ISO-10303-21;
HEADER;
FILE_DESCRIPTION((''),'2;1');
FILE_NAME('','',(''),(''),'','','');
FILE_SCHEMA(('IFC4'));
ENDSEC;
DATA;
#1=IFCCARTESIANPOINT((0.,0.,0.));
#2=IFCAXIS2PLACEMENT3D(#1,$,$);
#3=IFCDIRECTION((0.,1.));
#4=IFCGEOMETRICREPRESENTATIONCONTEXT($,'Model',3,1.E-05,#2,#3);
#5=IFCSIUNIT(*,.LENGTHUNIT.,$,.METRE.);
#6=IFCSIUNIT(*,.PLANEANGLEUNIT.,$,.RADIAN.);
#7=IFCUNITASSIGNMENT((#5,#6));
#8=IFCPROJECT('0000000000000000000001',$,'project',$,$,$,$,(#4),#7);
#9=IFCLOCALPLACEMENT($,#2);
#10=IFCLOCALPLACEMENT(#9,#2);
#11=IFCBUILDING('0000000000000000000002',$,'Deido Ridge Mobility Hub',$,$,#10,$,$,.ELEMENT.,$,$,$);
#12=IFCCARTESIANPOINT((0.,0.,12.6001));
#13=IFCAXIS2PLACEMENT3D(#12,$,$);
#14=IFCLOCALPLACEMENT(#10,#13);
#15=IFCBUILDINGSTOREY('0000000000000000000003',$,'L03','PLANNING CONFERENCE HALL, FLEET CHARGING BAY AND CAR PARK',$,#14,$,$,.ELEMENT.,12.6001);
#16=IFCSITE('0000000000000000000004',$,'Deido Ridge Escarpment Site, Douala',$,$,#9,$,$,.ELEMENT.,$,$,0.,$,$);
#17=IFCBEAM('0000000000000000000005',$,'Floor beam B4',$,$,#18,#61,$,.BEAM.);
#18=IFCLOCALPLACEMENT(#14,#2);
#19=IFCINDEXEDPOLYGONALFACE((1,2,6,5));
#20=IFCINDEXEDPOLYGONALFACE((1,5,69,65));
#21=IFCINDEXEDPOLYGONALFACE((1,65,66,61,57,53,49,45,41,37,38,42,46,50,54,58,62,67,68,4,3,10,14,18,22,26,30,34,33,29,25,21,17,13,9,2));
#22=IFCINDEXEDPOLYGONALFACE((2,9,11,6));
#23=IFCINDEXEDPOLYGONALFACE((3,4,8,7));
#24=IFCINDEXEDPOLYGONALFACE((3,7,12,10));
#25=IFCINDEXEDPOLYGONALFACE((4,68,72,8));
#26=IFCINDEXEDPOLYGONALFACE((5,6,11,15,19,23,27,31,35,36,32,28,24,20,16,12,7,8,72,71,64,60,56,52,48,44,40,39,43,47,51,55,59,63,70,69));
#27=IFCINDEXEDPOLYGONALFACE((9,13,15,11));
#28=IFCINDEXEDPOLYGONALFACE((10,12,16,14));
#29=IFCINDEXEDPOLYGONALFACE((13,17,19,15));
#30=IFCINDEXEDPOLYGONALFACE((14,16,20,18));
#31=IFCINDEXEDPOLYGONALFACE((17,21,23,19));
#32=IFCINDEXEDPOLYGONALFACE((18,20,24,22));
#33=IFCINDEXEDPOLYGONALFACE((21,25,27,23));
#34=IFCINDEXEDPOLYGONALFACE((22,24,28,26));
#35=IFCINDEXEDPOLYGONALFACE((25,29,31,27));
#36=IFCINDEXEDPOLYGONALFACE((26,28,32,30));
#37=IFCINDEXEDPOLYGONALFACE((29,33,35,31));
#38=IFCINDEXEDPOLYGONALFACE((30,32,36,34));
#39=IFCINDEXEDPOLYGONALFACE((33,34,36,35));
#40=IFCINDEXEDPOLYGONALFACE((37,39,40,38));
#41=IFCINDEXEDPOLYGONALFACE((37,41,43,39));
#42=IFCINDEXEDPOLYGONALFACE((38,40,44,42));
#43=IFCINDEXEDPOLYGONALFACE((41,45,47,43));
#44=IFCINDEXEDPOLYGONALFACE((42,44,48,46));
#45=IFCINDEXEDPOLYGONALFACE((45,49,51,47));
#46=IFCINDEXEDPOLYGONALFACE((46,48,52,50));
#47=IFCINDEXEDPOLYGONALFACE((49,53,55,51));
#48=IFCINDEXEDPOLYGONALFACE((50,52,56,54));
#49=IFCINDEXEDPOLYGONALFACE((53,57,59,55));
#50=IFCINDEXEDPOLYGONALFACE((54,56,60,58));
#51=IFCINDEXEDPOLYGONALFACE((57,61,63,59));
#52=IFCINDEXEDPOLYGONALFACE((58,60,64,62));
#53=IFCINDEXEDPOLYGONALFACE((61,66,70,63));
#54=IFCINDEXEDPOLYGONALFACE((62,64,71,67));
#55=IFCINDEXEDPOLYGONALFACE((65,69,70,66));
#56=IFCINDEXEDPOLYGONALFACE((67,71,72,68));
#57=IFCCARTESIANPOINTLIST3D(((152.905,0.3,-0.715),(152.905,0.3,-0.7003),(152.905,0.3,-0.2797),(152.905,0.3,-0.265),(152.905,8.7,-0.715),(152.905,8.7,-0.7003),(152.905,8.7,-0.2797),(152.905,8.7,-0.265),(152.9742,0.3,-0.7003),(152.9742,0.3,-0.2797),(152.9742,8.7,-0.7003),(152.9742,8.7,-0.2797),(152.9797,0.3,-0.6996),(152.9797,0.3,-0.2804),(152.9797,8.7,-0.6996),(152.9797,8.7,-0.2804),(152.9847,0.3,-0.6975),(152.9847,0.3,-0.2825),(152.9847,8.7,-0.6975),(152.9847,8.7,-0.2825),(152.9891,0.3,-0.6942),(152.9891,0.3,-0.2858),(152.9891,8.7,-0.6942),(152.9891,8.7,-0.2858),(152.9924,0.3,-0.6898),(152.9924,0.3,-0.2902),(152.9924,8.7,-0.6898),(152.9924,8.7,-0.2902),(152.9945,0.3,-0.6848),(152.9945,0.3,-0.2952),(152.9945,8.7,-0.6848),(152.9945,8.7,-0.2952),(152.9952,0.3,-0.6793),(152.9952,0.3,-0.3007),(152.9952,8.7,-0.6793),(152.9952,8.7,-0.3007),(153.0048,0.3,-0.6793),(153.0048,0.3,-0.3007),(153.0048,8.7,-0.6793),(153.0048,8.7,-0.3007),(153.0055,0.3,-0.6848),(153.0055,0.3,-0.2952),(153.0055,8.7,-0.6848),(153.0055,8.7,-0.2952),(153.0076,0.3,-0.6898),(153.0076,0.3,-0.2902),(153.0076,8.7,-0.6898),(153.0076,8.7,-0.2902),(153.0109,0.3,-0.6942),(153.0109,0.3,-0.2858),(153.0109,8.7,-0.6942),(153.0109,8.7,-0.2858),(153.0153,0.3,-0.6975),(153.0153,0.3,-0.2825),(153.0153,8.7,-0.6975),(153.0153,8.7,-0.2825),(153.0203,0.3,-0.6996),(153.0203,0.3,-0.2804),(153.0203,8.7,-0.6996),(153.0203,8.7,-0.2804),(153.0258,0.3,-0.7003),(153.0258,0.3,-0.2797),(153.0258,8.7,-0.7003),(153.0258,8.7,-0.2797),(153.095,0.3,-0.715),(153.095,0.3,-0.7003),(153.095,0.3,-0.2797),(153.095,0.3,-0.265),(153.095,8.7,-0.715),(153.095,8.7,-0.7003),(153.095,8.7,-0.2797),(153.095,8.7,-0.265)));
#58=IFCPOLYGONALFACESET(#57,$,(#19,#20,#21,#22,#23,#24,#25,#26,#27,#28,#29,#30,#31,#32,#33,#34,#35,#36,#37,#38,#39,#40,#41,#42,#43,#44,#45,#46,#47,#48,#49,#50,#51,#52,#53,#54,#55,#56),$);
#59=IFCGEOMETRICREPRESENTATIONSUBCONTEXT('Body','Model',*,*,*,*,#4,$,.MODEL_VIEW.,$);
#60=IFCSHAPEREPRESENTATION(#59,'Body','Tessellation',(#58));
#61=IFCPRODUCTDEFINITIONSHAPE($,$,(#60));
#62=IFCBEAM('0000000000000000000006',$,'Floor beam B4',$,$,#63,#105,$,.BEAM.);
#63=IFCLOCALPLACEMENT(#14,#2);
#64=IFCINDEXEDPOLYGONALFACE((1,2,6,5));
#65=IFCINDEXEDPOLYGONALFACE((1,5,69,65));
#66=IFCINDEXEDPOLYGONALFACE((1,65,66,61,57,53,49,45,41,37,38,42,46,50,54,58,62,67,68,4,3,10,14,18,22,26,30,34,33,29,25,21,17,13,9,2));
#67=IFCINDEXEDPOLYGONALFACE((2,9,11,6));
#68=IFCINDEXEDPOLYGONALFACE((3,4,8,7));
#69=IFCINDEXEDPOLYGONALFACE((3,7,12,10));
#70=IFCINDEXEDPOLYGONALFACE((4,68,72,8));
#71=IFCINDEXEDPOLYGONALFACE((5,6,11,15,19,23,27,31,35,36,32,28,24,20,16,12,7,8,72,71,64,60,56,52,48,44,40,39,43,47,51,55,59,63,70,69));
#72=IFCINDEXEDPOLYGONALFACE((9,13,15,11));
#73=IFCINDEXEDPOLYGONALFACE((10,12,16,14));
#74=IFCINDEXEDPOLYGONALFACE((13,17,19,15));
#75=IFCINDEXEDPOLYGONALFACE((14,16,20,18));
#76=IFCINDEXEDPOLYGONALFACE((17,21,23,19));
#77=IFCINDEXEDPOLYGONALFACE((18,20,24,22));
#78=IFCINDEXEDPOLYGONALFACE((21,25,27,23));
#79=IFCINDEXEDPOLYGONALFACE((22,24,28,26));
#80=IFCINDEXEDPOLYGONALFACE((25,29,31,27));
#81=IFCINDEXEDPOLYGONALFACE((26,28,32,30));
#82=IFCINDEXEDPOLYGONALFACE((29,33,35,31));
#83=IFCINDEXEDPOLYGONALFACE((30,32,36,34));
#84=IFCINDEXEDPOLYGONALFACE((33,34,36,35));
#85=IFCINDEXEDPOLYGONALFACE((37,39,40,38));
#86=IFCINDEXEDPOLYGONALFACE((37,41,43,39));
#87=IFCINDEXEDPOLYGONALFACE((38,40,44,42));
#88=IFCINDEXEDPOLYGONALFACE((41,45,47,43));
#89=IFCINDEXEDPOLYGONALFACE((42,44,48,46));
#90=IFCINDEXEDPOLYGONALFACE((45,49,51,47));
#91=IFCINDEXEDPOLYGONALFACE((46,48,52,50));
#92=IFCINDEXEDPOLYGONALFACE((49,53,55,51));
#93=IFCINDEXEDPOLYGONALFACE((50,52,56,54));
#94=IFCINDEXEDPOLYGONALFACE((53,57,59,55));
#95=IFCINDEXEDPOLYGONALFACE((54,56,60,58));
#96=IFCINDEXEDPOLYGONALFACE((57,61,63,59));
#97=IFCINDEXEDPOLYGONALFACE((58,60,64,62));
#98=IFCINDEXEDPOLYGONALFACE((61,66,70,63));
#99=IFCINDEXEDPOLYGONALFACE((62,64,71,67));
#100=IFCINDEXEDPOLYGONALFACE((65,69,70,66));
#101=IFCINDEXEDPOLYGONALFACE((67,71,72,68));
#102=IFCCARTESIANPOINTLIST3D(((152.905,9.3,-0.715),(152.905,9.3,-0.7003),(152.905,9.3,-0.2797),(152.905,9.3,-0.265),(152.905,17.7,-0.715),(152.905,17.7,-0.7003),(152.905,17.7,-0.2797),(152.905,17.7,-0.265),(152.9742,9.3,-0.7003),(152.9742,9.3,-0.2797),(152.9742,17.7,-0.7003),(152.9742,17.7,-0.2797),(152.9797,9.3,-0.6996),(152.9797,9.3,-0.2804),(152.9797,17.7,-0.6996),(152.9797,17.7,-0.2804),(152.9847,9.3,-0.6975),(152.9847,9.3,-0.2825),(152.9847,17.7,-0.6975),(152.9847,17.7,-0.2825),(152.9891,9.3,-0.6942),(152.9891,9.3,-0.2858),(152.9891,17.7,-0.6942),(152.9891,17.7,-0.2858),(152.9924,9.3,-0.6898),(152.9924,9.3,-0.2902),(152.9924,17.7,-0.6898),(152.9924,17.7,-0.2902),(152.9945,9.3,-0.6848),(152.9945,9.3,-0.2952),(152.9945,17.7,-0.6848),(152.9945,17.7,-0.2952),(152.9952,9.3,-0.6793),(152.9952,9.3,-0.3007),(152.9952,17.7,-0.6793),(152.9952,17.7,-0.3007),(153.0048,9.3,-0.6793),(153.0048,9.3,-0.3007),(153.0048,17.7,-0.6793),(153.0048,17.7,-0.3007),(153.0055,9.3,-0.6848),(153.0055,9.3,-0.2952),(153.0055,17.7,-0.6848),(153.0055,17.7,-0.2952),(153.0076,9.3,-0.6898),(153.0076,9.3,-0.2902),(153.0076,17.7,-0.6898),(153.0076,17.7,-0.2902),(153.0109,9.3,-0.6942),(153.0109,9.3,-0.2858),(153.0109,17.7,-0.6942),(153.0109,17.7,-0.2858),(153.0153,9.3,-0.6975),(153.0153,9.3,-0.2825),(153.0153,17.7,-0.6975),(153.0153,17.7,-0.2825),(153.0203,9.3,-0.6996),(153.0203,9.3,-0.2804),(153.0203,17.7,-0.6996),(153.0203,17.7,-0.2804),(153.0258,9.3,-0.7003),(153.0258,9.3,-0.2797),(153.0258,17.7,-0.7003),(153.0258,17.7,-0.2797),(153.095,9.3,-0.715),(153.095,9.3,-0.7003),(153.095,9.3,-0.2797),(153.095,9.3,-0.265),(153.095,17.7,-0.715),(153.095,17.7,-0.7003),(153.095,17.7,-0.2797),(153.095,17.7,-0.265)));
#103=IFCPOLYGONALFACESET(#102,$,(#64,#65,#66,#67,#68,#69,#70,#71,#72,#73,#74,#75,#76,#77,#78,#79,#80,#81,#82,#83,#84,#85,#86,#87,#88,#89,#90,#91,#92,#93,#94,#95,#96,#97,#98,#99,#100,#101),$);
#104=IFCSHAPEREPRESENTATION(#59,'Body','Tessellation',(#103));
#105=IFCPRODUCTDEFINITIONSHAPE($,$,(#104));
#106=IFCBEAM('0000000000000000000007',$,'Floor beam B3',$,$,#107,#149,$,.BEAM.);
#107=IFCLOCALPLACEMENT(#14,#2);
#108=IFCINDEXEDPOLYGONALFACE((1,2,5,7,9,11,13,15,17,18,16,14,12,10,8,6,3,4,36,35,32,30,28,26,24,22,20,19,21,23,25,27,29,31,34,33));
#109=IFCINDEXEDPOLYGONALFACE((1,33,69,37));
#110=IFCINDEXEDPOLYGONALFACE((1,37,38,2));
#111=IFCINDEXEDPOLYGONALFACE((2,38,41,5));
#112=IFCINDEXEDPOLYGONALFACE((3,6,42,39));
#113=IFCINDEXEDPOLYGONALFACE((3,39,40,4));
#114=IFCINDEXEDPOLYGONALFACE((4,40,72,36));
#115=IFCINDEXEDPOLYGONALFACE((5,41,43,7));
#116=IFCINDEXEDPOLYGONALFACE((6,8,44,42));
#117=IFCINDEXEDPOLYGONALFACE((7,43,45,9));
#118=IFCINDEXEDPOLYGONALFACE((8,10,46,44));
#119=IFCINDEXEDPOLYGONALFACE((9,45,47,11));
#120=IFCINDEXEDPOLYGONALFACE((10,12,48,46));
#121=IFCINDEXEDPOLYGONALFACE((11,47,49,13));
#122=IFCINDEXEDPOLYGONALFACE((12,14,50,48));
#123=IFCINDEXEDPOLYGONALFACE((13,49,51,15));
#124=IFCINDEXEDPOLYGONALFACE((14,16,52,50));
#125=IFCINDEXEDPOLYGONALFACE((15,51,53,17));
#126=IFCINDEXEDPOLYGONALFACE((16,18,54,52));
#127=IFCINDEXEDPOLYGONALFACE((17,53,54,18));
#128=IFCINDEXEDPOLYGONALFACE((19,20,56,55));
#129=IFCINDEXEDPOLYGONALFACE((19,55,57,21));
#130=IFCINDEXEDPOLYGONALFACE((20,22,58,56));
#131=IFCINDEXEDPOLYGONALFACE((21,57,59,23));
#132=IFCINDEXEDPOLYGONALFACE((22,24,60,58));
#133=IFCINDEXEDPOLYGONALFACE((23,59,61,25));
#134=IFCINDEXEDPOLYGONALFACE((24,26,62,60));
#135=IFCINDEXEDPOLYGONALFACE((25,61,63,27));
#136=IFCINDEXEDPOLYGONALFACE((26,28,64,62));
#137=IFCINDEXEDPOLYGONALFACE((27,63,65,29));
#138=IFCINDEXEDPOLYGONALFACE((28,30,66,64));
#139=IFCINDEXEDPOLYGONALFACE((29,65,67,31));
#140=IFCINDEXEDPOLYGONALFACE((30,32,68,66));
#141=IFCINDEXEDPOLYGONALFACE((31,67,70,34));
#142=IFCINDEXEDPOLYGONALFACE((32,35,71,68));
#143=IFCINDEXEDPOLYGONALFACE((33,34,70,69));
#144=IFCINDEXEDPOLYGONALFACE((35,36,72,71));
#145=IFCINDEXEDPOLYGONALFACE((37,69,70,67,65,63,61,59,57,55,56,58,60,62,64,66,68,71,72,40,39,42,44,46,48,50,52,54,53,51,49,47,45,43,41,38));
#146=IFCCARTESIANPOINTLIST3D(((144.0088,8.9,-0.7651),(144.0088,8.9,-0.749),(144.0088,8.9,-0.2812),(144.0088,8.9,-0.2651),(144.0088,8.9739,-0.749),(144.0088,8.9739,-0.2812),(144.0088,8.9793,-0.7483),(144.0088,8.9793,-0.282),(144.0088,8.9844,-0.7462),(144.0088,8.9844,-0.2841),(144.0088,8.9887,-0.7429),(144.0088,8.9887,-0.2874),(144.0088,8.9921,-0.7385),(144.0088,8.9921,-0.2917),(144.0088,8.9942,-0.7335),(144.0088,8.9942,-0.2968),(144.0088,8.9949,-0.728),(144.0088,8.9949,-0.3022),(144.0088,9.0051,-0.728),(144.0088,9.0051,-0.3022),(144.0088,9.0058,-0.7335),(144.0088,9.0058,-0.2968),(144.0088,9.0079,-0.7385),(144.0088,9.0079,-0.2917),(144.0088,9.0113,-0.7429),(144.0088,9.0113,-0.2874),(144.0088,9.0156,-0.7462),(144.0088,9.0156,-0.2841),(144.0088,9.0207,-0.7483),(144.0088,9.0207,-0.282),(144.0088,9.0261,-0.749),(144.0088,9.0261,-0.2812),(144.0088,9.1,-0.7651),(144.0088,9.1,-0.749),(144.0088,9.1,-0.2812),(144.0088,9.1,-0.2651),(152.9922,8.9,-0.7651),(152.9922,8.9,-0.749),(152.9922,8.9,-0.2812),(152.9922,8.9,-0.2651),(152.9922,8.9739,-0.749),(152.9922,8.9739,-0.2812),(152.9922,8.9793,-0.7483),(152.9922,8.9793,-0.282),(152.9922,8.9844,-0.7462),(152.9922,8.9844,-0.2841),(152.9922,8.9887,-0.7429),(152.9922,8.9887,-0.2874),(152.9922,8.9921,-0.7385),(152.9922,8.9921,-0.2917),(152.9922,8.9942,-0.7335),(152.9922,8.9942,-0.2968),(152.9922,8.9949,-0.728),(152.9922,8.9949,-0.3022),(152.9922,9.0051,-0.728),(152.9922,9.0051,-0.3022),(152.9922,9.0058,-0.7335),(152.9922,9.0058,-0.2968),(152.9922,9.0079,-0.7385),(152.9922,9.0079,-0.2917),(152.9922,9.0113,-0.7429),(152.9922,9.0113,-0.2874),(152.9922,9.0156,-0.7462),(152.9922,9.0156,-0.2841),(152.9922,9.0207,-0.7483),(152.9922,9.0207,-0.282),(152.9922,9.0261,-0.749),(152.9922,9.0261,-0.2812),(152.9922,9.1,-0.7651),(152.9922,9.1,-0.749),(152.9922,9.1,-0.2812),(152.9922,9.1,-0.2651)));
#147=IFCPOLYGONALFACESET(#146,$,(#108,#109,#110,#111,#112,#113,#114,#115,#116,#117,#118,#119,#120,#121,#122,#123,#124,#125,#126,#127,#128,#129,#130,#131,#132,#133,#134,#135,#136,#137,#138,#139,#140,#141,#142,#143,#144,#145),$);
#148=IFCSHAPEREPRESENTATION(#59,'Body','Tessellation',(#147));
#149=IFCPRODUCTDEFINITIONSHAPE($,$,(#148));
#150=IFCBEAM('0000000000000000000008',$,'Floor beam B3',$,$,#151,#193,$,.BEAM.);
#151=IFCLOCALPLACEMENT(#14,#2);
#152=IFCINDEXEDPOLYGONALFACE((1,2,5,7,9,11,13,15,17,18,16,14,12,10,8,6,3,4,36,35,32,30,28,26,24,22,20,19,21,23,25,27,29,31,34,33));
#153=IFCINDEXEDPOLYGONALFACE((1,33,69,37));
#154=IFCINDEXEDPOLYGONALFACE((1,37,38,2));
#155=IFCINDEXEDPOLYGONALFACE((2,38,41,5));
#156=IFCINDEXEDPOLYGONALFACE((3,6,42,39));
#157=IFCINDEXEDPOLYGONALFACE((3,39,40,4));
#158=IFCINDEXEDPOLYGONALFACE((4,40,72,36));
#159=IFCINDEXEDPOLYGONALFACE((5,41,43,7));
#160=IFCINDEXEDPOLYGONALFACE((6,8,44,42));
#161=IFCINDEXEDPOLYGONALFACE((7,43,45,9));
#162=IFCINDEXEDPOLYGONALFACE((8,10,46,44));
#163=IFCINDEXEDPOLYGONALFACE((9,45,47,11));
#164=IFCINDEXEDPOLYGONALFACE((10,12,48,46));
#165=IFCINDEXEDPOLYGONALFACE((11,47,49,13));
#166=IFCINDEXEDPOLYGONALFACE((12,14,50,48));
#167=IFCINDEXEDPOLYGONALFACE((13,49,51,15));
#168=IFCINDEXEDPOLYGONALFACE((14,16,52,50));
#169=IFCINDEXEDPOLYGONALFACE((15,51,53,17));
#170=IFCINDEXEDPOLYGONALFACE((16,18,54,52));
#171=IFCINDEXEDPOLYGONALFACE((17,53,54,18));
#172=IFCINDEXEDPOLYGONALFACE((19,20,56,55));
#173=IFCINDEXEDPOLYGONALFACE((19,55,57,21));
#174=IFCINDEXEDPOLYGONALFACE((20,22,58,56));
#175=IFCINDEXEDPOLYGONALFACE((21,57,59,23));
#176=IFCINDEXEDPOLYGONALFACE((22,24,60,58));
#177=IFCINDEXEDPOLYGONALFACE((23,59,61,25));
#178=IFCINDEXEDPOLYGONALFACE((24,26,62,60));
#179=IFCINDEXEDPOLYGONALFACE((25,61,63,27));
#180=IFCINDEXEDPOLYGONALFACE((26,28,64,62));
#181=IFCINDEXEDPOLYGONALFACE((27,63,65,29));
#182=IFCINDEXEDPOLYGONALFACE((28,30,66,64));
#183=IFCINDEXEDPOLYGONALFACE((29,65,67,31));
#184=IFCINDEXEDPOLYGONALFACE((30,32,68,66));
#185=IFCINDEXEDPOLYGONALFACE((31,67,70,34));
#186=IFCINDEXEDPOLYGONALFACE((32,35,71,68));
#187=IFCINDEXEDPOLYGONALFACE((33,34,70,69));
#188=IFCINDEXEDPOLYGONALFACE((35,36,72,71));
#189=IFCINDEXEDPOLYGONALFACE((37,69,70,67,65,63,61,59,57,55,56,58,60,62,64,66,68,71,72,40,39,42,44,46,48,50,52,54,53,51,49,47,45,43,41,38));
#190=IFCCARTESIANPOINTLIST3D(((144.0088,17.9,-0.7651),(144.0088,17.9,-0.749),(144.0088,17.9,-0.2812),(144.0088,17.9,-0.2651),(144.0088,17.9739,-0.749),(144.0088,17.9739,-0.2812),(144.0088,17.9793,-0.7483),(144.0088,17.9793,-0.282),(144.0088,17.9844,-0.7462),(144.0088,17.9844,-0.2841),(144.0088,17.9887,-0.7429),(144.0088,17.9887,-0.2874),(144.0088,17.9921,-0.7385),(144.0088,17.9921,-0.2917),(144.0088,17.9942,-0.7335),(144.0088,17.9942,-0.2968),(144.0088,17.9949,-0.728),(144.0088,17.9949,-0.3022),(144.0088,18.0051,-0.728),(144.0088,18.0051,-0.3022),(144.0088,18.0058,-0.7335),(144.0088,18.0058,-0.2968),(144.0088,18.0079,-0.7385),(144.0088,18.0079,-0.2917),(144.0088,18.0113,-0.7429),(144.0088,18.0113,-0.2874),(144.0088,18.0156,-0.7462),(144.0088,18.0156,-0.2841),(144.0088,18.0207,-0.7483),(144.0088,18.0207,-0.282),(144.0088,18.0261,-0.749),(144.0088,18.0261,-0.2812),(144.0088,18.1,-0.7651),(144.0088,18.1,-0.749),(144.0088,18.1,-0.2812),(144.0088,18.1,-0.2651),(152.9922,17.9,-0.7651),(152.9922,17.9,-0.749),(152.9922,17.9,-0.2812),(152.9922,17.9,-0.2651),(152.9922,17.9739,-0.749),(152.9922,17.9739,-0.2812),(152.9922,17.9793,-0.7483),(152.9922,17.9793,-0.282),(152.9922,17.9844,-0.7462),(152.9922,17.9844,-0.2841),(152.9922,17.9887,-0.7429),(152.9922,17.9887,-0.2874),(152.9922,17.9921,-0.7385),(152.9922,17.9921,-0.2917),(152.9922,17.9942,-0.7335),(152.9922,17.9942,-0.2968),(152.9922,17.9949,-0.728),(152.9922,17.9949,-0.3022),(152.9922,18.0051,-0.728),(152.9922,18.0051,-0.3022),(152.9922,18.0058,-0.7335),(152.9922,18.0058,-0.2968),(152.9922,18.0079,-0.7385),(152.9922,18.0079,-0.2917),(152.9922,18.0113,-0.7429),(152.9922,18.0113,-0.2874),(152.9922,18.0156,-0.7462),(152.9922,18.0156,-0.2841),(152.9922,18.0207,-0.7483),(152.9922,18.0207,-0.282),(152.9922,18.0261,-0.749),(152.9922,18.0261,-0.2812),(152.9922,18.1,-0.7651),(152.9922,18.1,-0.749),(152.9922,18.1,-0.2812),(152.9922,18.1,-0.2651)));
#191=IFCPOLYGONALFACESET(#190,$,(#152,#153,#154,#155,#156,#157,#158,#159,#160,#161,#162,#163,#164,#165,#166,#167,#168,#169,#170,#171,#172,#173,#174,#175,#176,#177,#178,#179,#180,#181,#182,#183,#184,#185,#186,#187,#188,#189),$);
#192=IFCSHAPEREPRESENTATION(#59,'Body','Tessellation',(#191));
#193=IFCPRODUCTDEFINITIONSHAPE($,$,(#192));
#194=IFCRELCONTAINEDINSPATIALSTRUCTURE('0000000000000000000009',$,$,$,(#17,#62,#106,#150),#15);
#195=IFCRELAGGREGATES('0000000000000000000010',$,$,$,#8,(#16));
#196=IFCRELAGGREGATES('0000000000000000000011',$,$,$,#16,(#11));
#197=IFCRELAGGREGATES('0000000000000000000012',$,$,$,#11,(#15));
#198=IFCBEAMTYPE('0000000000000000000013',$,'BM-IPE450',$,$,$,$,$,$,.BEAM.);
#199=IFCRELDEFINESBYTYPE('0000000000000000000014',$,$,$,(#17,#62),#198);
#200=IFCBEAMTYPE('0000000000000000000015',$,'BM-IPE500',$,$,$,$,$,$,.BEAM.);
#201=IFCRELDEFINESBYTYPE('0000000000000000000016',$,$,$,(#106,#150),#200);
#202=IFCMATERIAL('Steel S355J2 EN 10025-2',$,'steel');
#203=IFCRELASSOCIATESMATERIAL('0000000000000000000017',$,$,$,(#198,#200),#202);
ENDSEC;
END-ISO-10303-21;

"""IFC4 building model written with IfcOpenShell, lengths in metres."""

from ifc_helpers import new_model, si_unit, direction, frame, origin, origin_2d, place, context, subcontext, project, spatial, i_section, extrude, material, material_profile, profile_set, type_object, element, save


model = new_model("IFC4")

# Units and contexts
model_context = context("Model", 3, precision=1e-05, world=origin(), true_north=direction((0.0, 1.0)))
body_context = subcontext(model_context, "Body", "Model", "MODEL_VIEW")
ifc_project = project(units=[si_unit("LENGTHUNIT", "METRE"), si_unit("PLANEANGLEUNIT", "RADIAN")], contexts=[model_context])

# Site, building, storey
site_placement = place(None, origin())
site = spatial("IfcSite", under=ifc_project, at=site_placement, Name="Deido Ridge Escarpment Site, Douala", CompositionType="ELEMENT", RefElevation=0.0)
building_placement = place(site_placement, origin())
building = spatial("IfcBuilding", under=site, at=building_placement, Name="Deido Ridge Mobility Hub", CompositionType="ELEMENT")
storey_placement = place(building_placement, frame((0.0, 0.0, 12.6001)))
storey = spatial("IfcBuildingStorey", under=building, at=storey_placement, Name="L03", Description="PLANNING CONFERENCE HALL, FLEET CHARGING BAY AND CAR PARK", CompositionType="ELEMENT", Elevation=12.6001)

# Shared definitions
ifc_material_1 = material(Name="Steel S355J2 EN 10025-2", Category="steel")

# Beams
ifc_material_profile_1 = material_profile(ifc_material_1, i_section(OverallWidth=0.1899, OverallDepth=0.45, WebThickness=0.0095, FlangeThickness=0.0146, FilletRadius=0.021, at=origin_2d()), Name="IPE 450")
ifc_profile_set_1 = profile_set([ifc_material_profile_1], Name="Steel S355J2 EN 10025-2")
beam_type_1 = type_object("IfcBeamType", Name="BM-IPE450", PredefinedType="BEAM", material=ifc_profile_set_1)
for number, where, z_axis, x_axis, name in (
    (1, (153.0, 0.3, -0.49), (0.0, 1.0, 0.0), (-1.0, 0.0, 0.0), "Floor beam B4"),
    (2, (153.0, 9.3, -0.49), (0.0, 1.0, 0.0), (-1.0, 0.0, 0.0), "Floor beam B4"),
):
    element("IfcBeam", number, at=place(storey_placement, frame(where, z_axis=z_axis, x_axis=x_axis)), inside=storey, type_object=beam_type_1, Name=name, PredefinedType="BEAM", context=body_context, shape_type="SweptSolid", body=[
        extrude(i_section(OverallWidth=0.1899, OverallDepth=0.45, WebThickness=0.0095, FlangeThickness=0.0146, FilletRadius=0.021, at=origin_2d()), origin(), (0.0, 0.0, 1.0), 8.3999),
    ])
ifc_material_profile_2 = material_profile(ifc_material_1, i_section(OverallWidth=0.2, OverallDepth=0.5, WebThickness=0.0103, FlangeThickness=0.0161, FilletRadius=0.021, at=origin_2d()), Name="IPE 500")
ifc_profile_set_2 = profile_set([ifc_material_profile_2], Name="Steel S355J2 EN 10025-2")
beam_type_2 = type_object("IfcBeamType", Name="BM-IPE500", PredefinedType="BEAM", material=ifc_profile_set_2)
for number, where, z_axis, x_axis, name in (
    (3, (144.0088, 9.0, -0.5151), (1.0, 0.0, 0.0), (0.0, 1.0, 0.0), "Floor beam B3"),
    (4, (144.0088, 18.0, -0.5151), (1.0, 0.0, 0.0), (0.0, 1.0, 0.0), "Floor beam B3"),
):
    element("IfcBeam", number, at=place(storey_placement, frame(where, z_axis=z_axis, x_axis=x_axis)), inside=storey, type_object=beam_type_2, Name=name, PredefinedType="BEAM", context=body_context, shape_type="SweptSolid", body=[
        extrude(i_section(OverallWidth=0.2, OverallDepth=0.5, WebThickness=0.0103, FlangeThickness=0.0161, FilletRadius=0.021, at=origin_2d()), origin(), (0.0, 0.0, 1.0), 8.9834),
    ])

save(model, "model.ifc")
